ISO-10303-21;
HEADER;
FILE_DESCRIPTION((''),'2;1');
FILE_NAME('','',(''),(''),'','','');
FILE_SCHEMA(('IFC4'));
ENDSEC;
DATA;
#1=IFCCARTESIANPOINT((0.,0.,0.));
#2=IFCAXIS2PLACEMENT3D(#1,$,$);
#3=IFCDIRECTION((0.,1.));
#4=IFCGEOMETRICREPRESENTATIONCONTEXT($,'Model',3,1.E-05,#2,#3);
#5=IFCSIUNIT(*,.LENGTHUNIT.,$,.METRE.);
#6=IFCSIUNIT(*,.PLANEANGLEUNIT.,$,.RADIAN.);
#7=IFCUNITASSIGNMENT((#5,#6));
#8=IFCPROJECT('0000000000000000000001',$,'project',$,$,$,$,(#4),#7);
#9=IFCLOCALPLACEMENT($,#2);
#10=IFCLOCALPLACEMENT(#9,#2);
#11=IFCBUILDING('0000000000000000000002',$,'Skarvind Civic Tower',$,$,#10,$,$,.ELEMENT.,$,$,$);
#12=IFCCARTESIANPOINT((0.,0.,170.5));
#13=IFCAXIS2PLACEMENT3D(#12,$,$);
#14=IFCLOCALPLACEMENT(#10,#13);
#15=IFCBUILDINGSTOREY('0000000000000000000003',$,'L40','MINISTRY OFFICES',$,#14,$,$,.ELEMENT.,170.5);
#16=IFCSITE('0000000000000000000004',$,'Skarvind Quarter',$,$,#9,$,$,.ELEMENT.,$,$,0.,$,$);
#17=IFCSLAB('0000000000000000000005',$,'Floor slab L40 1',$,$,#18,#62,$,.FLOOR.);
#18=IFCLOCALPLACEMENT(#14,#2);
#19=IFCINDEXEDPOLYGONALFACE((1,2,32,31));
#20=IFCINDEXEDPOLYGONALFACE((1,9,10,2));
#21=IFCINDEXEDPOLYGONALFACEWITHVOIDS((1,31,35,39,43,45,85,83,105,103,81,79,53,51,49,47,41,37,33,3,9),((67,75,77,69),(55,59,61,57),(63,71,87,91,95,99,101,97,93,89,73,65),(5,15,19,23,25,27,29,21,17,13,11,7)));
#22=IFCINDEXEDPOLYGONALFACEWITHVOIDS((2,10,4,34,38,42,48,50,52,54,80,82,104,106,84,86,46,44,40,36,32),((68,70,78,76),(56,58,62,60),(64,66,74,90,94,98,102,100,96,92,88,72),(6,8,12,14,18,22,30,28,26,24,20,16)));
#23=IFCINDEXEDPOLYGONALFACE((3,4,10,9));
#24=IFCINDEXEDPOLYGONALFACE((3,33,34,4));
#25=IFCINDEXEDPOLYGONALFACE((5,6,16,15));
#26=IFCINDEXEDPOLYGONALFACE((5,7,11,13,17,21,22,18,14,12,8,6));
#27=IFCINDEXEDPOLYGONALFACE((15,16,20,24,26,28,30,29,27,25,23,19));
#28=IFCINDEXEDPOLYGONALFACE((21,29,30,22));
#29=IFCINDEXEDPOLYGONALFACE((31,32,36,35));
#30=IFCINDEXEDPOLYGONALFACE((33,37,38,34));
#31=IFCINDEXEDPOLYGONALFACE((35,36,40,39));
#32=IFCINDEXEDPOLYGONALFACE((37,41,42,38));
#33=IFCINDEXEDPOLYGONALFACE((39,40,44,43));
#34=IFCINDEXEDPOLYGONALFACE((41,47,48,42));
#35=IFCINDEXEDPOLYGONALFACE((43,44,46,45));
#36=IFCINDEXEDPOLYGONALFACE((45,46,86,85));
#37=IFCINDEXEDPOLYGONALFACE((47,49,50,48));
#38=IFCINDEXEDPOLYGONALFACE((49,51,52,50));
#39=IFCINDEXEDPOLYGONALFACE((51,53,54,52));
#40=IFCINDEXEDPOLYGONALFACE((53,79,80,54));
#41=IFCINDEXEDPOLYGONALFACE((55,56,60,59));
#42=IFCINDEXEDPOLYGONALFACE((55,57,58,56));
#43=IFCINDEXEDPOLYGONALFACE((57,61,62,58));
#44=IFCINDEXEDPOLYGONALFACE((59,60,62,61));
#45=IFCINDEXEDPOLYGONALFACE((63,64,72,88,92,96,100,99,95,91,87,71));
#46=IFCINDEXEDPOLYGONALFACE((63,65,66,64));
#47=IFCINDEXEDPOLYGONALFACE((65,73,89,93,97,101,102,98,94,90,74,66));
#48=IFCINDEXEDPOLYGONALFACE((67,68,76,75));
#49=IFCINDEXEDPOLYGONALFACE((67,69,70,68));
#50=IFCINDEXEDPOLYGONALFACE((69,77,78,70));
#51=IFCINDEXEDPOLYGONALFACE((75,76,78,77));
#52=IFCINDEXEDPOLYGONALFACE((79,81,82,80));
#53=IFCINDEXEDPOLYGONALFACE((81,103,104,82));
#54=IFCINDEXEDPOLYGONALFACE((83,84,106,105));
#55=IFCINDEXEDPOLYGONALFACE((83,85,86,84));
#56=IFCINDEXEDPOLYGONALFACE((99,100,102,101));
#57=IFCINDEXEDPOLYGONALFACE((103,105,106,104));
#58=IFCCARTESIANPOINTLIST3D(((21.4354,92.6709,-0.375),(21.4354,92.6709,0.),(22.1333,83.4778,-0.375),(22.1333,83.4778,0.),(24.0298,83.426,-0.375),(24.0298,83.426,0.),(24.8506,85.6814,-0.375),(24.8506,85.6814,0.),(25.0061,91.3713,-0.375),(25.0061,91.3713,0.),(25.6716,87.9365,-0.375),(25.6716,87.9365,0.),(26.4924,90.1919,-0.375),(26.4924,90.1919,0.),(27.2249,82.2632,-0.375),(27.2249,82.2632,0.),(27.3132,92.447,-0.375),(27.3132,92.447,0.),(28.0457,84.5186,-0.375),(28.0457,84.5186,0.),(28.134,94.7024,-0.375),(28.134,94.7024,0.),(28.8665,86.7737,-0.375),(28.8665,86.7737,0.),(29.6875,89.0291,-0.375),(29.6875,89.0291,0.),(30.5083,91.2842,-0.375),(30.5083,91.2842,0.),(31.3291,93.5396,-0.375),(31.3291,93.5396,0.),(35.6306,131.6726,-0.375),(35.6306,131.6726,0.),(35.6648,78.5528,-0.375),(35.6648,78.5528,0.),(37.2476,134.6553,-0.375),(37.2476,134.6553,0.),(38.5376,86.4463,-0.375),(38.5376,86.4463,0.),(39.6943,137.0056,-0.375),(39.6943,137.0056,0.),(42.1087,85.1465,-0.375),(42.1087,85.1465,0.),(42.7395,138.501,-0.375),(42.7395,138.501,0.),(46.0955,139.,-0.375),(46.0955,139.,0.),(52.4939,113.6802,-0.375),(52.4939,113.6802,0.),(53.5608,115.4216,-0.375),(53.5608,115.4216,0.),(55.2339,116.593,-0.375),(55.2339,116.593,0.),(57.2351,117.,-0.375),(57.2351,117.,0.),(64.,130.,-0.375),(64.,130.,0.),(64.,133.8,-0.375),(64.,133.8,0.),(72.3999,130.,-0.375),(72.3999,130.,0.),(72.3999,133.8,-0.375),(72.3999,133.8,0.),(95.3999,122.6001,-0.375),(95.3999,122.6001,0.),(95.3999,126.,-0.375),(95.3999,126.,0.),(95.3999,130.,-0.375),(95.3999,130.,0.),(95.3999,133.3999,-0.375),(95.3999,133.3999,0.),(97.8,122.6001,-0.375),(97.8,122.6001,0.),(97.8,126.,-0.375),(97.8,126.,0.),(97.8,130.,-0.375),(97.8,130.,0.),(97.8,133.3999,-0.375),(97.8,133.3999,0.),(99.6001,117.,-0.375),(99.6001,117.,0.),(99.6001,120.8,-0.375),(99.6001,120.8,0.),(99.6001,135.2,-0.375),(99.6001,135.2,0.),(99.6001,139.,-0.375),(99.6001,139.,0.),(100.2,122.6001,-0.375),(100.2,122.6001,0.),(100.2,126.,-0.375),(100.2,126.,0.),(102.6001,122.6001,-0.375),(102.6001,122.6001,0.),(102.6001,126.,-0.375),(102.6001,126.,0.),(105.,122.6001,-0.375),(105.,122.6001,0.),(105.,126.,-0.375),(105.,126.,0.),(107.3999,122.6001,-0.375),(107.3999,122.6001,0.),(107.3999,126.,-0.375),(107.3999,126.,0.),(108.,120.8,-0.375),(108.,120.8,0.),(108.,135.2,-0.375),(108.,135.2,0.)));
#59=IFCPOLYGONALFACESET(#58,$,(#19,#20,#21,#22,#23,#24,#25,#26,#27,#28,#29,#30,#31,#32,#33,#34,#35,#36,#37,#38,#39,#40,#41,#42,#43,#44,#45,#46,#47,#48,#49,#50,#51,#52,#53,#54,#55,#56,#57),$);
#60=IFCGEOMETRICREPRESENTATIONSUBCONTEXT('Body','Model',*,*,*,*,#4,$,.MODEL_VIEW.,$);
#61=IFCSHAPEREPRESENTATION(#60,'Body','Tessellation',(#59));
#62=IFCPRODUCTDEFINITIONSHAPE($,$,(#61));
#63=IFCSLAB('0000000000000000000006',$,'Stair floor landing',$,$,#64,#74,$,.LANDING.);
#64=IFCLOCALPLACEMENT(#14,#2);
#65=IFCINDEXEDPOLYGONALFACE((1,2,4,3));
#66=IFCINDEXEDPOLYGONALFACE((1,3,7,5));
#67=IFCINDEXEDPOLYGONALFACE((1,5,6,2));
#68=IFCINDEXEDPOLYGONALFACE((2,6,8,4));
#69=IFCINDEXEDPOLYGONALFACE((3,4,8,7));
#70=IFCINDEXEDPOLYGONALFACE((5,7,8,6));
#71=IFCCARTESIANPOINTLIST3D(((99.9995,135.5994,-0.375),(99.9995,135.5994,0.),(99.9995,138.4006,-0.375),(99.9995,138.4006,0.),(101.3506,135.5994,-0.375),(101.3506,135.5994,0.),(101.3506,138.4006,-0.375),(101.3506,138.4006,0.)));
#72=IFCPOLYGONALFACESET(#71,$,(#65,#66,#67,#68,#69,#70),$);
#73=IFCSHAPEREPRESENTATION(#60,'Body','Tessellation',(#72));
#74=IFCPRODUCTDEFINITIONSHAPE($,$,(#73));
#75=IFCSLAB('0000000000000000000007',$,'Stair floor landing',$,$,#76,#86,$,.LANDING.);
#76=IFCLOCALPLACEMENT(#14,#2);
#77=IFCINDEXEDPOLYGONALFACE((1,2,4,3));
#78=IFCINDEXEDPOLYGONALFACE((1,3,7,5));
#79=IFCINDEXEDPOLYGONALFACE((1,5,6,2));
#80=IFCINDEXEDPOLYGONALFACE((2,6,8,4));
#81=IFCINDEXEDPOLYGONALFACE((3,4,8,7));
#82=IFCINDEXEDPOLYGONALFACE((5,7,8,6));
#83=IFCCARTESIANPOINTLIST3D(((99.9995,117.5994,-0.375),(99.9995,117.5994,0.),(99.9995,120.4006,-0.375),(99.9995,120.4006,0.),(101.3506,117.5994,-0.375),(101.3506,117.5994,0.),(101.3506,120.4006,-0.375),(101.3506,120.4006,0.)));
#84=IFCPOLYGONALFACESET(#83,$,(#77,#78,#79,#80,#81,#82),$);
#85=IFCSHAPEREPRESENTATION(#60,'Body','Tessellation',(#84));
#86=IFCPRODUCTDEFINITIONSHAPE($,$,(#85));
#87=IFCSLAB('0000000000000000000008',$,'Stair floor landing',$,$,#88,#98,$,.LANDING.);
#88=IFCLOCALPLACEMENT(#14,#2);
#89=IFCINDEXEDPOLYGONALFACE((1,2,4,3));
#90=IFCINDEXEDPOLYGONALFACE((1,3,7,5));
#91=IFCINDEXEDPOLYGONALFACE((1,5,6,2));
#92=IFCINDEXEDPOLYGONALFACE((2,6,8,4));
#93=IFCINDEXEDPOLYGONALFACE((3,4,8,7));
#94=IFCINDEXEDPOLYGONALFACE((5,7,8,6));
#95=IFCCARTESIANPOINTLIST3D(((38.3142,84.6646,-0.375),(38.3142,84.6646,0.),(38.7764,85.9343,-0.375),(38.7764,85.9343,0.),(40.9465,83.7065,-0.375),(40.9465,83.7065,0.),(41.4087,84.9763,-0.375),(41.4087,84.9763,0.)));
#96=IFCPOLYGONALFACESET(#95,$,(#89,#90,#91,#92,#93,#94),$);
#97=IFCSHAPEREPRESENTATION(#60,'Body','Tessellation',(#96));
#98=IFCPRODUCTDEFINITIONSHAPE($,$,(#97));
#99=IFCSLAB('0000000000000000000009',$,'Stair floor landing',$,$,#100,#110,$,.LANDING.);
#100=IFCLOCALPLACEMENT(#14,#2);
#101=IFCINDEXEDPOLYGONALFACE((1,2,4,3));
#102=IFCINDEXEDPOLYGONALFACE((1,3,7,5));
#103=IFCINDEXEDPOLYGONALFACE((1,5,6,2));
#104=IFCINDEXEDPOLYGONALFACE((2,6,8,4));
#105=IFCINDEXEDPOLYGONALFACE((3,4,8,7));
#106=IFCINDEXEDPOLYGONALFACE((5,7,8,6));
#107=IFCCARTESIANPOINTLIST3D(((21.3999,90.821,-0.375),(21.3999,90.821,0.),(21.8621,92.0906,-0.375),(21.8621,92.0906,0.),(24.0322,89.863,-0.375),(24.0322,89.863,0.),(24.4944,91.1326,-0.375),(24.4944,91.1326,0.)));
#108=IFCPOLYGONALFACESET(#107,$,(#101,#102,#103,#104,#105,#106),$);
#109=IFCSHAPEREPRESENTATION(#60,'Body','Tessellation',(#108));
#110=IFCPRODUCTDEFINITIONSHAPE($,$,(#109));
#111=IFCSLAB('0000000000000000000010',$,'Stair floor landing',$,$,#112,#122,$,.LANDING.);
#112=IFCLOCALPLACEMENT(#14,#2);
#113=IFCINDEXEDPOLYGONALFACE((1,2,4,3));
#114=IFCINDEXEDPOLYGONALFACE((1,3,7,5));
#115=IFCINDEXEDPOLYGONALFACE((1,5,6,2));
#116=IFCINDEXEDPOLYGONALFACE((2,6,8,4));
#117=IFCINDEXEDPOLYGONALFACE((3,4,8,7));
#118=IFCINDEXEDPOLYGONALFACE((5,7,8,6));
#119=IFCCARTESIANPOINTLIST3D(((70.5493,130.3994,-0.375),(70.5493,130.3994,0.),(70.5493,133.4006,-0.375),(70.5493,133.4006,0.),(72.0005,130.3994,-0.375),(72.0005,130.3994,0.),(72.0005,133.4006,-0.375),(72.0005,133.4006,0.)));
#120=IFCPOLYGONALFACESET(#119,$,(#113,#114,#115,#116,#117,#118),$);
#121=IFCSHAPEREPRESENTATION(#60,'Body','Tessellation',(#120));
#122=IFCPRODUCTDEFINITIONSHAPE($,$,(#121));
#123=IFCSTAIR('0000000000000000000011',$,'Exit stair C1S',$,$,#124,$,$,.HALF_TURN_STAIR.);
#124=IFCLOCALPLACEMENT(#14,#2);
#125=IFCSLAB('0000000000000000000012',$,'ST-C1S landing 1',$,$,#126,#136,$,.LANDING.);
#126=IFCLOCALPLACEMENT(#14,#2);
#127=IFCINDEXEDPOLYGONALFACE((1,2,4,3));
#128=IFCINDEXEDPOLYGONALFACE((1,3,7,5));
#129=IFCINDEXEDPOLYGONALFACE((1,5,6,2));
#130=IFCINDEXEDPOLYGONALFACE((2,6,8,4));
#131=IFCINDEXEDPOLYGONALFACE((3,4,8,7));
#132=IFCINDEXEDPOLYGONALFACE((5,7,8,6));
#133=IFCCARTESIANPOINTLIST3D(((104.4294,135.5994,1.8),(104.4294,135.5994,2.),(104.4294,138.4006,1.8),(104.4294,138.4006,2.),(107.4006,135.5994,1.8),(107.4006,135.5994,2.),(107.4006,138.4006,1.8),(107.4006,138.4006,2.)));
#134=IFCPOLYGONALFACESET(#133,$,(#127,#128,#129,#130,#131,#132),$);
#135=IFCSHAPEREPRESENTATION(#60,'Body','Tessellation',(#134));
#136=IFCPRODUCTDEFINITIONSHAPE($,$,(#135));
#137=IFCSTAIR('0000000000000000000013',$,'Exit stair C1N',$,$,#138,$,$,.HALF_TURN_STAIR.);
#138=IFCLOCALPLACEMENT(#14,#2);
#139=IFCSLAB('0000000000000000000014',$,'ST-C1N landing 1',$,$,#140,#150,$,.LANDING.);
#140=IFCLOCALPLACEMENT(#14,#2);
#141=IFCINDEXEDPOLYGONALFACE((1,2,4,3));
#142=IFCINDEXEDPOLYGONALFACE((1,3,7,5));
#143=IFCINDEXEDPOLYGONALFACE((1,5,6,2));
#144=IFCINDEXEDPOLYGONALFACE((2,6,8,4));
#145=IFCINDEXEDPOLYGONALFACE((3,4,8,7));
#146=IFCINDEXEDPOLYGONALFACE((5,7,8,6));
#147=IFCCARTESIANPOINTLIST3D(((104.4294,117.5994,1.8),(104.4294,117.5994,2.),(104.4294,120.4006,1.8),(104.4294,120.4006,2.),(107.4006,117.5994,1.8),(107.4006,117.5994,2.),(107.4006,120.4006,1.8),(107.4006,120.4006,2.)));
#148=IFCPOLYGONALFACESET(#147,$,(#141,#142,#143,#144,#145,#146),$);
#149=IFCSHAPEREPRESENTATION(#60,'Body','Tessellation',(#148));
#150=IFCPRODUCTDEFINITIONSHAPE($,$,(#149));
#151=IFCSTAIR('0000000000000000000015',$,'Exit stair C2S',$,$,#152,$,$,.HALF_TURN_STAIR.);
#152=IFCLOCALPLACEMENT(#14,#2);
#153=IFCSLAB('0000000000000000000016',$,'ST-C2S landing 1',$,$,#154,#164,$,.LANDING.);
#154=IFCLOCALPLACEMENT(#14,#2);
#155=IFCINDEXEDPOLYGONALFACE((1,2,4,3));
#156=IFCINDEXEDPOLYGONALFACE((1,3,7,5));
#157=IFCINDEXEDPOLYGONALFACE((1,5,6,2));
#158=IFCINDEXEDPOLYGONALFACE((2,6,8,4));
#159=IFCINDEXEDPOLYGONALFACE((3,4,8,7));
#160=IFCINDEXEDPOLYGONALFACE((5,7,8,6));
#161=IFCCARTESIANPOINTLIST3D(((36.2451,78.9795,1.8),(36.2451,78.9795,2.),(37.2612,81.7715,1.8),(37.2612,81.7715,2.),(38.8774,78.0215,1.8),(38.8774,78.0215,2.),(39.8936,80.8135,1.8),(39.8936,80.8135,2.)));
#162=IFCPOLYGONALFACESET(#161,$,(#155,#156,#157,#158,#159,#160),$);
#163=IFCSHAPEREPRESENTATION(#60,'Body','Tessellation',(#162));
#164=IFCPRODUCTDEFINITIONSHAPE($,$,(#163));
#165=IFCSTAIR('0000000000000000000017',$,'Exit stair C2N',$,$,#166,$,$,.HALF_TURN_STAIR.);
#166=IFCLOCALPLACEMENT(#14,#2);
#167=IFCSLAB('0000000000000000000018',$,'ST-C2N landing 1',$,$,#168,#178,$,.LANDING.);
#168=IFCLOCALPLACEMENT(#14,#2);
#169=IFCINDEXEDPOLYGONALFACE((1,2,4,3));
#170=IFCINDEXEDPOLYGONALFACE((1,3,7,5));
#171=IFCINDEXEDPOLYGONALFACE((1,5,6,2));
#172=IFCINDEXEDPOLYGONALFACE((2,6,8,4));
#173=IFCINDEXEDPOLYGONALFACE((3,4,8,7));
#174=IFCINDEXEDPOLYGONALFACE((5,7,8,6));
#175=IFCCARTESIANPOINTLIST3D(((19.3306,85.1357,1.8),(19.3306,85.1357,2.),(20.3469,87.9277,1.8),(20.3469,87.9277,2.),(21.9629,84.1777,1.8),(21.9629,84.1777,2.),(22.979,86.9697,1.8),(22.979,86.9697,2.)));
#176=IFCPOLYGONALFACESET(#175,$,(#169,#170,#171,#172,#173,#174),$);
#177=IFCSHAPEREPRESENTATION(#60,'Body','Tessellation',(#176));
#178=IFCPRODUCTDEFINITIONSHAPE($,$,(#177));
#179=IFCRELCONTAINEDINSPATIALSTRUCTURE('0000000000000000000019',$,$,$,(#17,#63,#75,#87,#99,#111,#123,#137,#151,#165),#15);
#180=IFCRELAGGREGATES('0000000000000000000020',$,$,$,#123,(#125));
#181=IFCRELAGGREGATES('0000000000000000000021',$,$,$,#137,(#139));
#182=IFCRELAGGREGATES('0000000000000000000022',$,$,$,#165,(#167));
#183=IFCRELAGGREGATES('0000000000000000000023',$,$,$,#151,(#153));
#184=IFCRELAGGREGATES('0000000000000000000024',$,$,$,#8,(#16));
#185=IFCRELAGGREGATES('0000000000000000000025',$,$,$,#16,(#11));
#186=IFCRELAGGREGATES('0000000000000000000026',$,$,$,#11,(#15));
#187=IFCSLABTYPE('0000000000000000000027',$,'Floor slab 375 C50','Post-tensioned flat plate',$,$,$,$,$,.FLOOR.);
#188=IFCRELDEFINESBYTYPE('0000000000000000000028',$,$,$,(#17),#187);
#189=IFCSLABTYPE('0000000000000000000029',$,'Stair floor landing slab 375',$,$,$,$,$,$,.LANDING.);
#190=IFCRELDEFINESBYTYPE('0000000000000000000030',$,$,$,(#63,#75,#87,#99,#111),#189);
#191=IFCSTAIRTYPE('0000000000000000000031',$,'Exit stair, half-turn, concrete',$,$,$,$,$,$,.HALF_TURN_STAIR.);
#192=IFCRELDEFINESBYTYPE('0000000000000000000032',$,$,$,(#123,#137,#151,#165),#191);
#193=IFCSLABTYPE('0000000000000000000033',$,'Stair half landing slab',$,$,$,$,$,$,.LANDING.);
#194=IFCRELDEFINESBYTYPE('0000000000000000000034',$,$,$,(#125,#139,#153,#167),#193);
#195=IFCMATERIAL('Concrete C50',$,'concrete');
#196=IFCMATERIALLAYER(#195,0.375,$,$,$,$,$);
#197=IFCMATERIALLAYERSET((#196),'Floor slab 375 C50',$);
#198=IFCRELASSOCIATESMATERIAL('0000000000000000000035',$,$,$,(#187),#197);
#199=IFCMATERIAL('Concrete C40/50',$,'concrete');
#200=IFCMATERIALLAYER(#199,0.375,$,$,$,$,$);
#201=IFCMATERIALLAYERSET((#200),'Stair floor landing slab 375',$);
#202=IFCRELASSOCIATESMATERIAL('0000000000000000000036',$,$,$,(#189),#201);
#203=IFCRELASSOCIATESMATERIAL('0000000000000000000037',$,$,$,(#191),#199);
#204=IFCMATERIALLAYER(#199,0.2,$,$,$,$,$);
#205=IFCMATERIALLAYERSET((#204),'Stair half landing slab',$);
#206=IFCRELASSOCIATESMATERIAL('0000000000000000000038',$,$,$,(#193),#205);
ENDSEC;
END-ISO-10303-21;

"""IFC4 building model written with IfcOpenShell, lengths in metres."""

from ifc_helpers import new_model, si_unit, direction, frame, origin, place, context, subcontext, project, spatial, polyline, outline, extrude, material, layer, layer_set, type_object, element, aggregate, save


model = new_model("IFC4")

# Units and contexts
model_context = context("Model", 3, precision=1e-05, world=origin(), true_north=direction((0.0, 1.0)))
body_context = subcontext(model_context, "Body", "Model", "MODEL_VIEW")
ifc_project = project(units=[si_unit("LENGTHUNIT", "METRE"), si_unit("PLANEANGLEUNIT", "RADIAN")], contexts=[model_context])

# Site, building, storey
site_placement = place(None, origin())
site = spatial("IfcSite", under=ifc_project, at=site_placement, Name="Skarvind Quarter", CompositionType="ELEMENT", RefElevation=0.0)
building_placement = place(site_placement, origin())
building = spatial("IfcBuilding", under=site, at=building_placement, Name="Skarvind Civic Tower", CompositionType="ELEMENT")
storey_placement = place(building_placement, frame((0.0, 0.0, 170.5)))
storey = spatial("IfcBuildingStorey", under=building, at=storey_placement, Name="L40", Description="MINISTRY OFFICES", CompositionType="ELEMENT", Elevation=170.5)

# Slabs
ifc_material_1 = material(Name="Concrete C50", Category="concrete")
ifc_layer_1 = layer(ifc_material_1, 0.375)
ifc_layer_set_1 = layer_set([ifc_layer_1], Name="Floor slab 375 C50")
slab_type_1 = type_object("IfcSlabType", Name="Floor slab 375 C50", Description="Post-tensioned flat plate", PredefinedType="FLOOR", material=ifc_layer_set_1)
slab_1_placement = place(storey_placement, frame((0.0, 0.0, -0.375)))
element("IfcSlab", 1, at=slab_1_placement, inside=storey, type_object=slab_type_1, Name="Floor slab L40 1", PredefinedType="FLOOR", context=body_context, shape_type="SweptSolid", body=[
    extrude(outline(polyline([(99.6001, 117.0), (99.6001, 120.8), (108.0, 120.8), (108.0, 135.2), (99.6001, 135.2), (99.6001, 139.0), (46.0955, 139.0), (42.7395, 138.501), (39.6943, 137.0056), (37.2476, 134.6553), (35.6306, 131.6726), (19.4175, 87.1267), (21.4353, 92.6709), (25.0061, 91.3713), (22.1333, 83.4778), (36.8865, 78.1082), (35.6648, 78.5527), (38.5376, 86.4463), (42.1086, 85.1465), (40.0908, 79.6023), (40.0908, 79.6023), (52.4939, 113.6802), (53.5608, 115.4216), (55.2339, 116.593), (57.2351, 117.0), (99.6001, 117.0)]), holes=[polyline([(25.6716, 87.9365), (26.4924, 90.1919), (27.3132, 92.447), (28.134, 94.7024), (31.3291, 93.5396), (30.5083, 91.2842), (29.6875, 89.0291), (28.8665, 86.7737), (28.8665, 86.7737), (28.0457, 84.5186), (27.2249, 82.2632), (24.0298, 83.426), (24.8506, 85.6814), (25.6716, 87.9365), (25.6716, 87.9365)]), polyline([(64.0, 130.0), (64.0, 133.8), (72.3999, 133.8), (72.3999, 130.0), (64.0, 130.0)]), polyline([(97.8, 126.0), (100.2, 126.0), (102.6001, 126.0), (105.0, 126.0), (107.3999, 126.0), (107.3999, 122.6001), (105.0, 122.6001), (102.6001, 122.6001), (100.2, 122.6001), (97.8, 122.6001), (95.3999, 122.6001), (95.3999, 126.0), (97.8, 126.0)]), polyline([(97.8, 133.3999), (97.8, 130.0), (95.3999, 130.0), (95.3999, 133.3999), (97.8, 133.3999)])]), origin(), (0.0, 0.0, 1.0), 0.375),
])
ifc_material_2 = material(Name="Concrete C40/50", Category="concrete")
ifc_layer_2 = layer(ifc_material_2, 0.375)
ifc_layer_set_2 = layer_set([ifc_layer_2], Name="Stair floor landing slab 375")
slab_type_2 = type_object("IfcSlabType", Name="Stair floor landing slab 375", PredefinedType="LANDING", material=ifc_layer_set_2)
slab_2_placement = place(storey_placement, frame((0.0, 0.0, -0.375)))
element("IfcSlab", 2, at=slab_2_placement, inside=storey, type_object=slab_type_2, Name="Stair floor landing", PredefinedType="LANDING", context=body_context, shape_type="SweptSolid", body=[
    extrude(outline(polyline([(101.3506, 138.4006), (101.3506, 135.5994), (99.9995, 135.5994), (99.9995, 138.4006), (101.3506, 138.4006)])), origin(), (0.0, 0.0, 1.0), 0.375),
])
slab_3_placement = place(storey_placement, frame((0.0, 0.0, -0.375)))
element("IfcSlab", 3, at=slab_3_placement, inside=storey, type_object=slab_type_2, Name="Stair floor landing", PredefinedType="LANDING", context=body_context, shape_type="SweptSolid", body=[
    extrude(outline(polyline([(101.3506, 120.4006), (101.3506, 117.5994), (99.9995, 117.5994), (99.9995, 120.4006), (101.3506, 120.4006)])), origin(), (0.0, 0.0, 1.0), 0.375),
])
slab_4_placement = place(storey_placement, frame((0.0, 0.0, -0.375)))
element("IfcSlab", 4, at=slab_4_placement, inside=storey, type_object=slab_type_2, Name="Stair floor landing", PredefinedType="LANDING", context=body_context, shape_type="SweptSolid", body=[
    extrude(outline(polyline([(40.9465, 83.7065), (38.3142, 84.6646), (38.7764, 85.9343), (41.4087, 84.9763), (40.9465, 83.7065)])), origin(), (0.0, 0.0, 1.0), 0.375),
])
slab_5_placement = place(storey_placement, frame((0.0, 0.0, -0.375)))
element("IfcSlab", 5, at=slab_5_placement, inside=storey, type_object=slab_type_2, Name="Stair floor landing", PredefinedType="LANDING", context=body_context, shape_type="SweptSolid", body=[
    extrude(outline(polyline([(24.0322, 89.863), (21.3999, 90.821), (21.8621, 92.0906), (24.4944, 91.1326), (24.0322, 89.863)])), origin(), (0.0, 0.0, 1.0), 0.375),
])
slab_6_placement = place(storey_placement, frame((0.0, 0.0, -0.375)))
element("IfcSlab", 6, at=slab_6_placement, inside=storey, type_object=slab_type_2, Name="Stair floor landing", PredefinedType="LANDING", context=body_context, shape_type="SweptSolid", body=[
    extrude(outline(polyline([(70.5493, 130.3994), (70.5493, 133.4006), (72.0005, 133.4006), (72.0005, 130.3994), (70.5493, 130.3994)])), origin(), (0.0, 0.0, 1.0), 0.375),
])

# Stairs, slabs
stair_type_1 = type_object("IfcStairType", Name="Exit stair, half-turn, concrete", PredefinedType="HALF_TURN_STAIR", material=ifc_material_2)
stair_1_placement = place(storey_placement, origin())
stair_1 = element("IfcStair", 7, at=stair_1_placement, inside=storey, type_object=stair_type_1, Name="Exit stair C1S", PredefinedType="HALF_TURN_STAIR")
ifc_layer_3 = layer(ifc_material_2, 0.2)
ifc_layer_set_3 = layer_set([ifc_layer_3], Name="Stair half landing slab")
slab_type_3 = type_object("IfcSlabType", Name="Stair half landing slab", PredefinedType="LANDING", material=ifc_layer_set_3)
slab_7_placement = place(storey_placement, frame((0.0, 0.0, 1.8)))
slab_7 = element("IfcSlab", 8, at=slab_7_placement, type_object=slab_type_3, Name="ST-C1S landing 1", PredefinedType="LANDING", context=body_context, shape_type="SweptSolid", body=[
    extrude(outline(polyline([(104.4294, 135.5994), (104.4294, 138.4006), (107.4006, 138.4006), (107.4006, 135.5994), (104.4294, 135.5994)])), origin(), (0.0, 0.0, 1.0), 0.2),
])
aggregate(stair_1, [slab_7])
stair_2_placement = place(storey_placement, origin())
stair_2 = element("IfcStair", 9, at=stair_2_placement, inside=storey, type_object=stair_type_1, Name="Exit stair C1N", PredefinedType="HALF_TURN_STAIR")
slab_8_placement = place(storey_placement, frame((0.0, 0.0, 1.8)))
slab_8 = element("IfcSlab", 10, at=slab_8_placement, type_object=slab_type_3, Name="ST-C1N landing 1", PredefinedType="LANDING", context=body_context, shape_type="SweptSolid", body=[
    extrude(outline(polyline([(104.4294, 117.5994), (104.4294, 120.4006), (107.4006, 120.4006), (107.4006, 117.5994), (104.4294, 117.5994)])), origin(), (0.0, 0.0, 1.0), 0.2),
])
aggregate(stair_2, [slab_8])
stair_3_placement = place(storey_placement, origin())
stair_3 = element("IfcStair", 11, at=stair_3_placement, inside=storey, type_object=stair_type_1, Name="Exit stair C2S", PredefinedType="HALF_TURN_STAIR")
slab_9_placement = place(storey_placement, frame((0.0, 0.0, 1.8)))
slab_9 = element("IfcSlab", 12, at=slab_9_placement, type_object=slab_type_3, Name="ST-C2S landing 1", PredefinedType="LANDING", context=body_context, shape_type="SweptSolid", body=[
    extrude(outline(polyline([(37.2612, 81.7715), (39.8936, 80.8135), (38.8774, 78.0215), (36.2451, 78.9795), (37.2612, 81.7715)])), origin(), (0.0, 0.0, 1.0), 0.2),
])
stair_4_placement = place(storey_placement, origin())
stair_4 = element("IfcStair", 13, at=stair_4_placement, inside=storey, type_object=stair_type_1, Name="Exit stair C2N", PredefinedType="HALF_TURN_STAIR")
slab_10_placement = place(storey_placement, frame((0.0, 0.0, 1.8)))
slab_10 = element("IfcSlab", 14, at=slab_10_placement, type_object=slab_type_3, Name="ST-C2N landing 1", PredefinedType="LANDING", context=body_context, shape_type="SweptSolid", body=[
    extrude(outline(polyline([(20.3469, 87.9277), (22.979, 86.9697), (21.9629, 84.1777), (19.3306, 85.1357), (20.3469, 87.9277)])), origin(), (0.0, 0.0, 1.0), 0.2),
])
aggregate(stair_4, [slab_10])

aggregate(stair_3, [slab_9])

save(model, "model.ifc")
